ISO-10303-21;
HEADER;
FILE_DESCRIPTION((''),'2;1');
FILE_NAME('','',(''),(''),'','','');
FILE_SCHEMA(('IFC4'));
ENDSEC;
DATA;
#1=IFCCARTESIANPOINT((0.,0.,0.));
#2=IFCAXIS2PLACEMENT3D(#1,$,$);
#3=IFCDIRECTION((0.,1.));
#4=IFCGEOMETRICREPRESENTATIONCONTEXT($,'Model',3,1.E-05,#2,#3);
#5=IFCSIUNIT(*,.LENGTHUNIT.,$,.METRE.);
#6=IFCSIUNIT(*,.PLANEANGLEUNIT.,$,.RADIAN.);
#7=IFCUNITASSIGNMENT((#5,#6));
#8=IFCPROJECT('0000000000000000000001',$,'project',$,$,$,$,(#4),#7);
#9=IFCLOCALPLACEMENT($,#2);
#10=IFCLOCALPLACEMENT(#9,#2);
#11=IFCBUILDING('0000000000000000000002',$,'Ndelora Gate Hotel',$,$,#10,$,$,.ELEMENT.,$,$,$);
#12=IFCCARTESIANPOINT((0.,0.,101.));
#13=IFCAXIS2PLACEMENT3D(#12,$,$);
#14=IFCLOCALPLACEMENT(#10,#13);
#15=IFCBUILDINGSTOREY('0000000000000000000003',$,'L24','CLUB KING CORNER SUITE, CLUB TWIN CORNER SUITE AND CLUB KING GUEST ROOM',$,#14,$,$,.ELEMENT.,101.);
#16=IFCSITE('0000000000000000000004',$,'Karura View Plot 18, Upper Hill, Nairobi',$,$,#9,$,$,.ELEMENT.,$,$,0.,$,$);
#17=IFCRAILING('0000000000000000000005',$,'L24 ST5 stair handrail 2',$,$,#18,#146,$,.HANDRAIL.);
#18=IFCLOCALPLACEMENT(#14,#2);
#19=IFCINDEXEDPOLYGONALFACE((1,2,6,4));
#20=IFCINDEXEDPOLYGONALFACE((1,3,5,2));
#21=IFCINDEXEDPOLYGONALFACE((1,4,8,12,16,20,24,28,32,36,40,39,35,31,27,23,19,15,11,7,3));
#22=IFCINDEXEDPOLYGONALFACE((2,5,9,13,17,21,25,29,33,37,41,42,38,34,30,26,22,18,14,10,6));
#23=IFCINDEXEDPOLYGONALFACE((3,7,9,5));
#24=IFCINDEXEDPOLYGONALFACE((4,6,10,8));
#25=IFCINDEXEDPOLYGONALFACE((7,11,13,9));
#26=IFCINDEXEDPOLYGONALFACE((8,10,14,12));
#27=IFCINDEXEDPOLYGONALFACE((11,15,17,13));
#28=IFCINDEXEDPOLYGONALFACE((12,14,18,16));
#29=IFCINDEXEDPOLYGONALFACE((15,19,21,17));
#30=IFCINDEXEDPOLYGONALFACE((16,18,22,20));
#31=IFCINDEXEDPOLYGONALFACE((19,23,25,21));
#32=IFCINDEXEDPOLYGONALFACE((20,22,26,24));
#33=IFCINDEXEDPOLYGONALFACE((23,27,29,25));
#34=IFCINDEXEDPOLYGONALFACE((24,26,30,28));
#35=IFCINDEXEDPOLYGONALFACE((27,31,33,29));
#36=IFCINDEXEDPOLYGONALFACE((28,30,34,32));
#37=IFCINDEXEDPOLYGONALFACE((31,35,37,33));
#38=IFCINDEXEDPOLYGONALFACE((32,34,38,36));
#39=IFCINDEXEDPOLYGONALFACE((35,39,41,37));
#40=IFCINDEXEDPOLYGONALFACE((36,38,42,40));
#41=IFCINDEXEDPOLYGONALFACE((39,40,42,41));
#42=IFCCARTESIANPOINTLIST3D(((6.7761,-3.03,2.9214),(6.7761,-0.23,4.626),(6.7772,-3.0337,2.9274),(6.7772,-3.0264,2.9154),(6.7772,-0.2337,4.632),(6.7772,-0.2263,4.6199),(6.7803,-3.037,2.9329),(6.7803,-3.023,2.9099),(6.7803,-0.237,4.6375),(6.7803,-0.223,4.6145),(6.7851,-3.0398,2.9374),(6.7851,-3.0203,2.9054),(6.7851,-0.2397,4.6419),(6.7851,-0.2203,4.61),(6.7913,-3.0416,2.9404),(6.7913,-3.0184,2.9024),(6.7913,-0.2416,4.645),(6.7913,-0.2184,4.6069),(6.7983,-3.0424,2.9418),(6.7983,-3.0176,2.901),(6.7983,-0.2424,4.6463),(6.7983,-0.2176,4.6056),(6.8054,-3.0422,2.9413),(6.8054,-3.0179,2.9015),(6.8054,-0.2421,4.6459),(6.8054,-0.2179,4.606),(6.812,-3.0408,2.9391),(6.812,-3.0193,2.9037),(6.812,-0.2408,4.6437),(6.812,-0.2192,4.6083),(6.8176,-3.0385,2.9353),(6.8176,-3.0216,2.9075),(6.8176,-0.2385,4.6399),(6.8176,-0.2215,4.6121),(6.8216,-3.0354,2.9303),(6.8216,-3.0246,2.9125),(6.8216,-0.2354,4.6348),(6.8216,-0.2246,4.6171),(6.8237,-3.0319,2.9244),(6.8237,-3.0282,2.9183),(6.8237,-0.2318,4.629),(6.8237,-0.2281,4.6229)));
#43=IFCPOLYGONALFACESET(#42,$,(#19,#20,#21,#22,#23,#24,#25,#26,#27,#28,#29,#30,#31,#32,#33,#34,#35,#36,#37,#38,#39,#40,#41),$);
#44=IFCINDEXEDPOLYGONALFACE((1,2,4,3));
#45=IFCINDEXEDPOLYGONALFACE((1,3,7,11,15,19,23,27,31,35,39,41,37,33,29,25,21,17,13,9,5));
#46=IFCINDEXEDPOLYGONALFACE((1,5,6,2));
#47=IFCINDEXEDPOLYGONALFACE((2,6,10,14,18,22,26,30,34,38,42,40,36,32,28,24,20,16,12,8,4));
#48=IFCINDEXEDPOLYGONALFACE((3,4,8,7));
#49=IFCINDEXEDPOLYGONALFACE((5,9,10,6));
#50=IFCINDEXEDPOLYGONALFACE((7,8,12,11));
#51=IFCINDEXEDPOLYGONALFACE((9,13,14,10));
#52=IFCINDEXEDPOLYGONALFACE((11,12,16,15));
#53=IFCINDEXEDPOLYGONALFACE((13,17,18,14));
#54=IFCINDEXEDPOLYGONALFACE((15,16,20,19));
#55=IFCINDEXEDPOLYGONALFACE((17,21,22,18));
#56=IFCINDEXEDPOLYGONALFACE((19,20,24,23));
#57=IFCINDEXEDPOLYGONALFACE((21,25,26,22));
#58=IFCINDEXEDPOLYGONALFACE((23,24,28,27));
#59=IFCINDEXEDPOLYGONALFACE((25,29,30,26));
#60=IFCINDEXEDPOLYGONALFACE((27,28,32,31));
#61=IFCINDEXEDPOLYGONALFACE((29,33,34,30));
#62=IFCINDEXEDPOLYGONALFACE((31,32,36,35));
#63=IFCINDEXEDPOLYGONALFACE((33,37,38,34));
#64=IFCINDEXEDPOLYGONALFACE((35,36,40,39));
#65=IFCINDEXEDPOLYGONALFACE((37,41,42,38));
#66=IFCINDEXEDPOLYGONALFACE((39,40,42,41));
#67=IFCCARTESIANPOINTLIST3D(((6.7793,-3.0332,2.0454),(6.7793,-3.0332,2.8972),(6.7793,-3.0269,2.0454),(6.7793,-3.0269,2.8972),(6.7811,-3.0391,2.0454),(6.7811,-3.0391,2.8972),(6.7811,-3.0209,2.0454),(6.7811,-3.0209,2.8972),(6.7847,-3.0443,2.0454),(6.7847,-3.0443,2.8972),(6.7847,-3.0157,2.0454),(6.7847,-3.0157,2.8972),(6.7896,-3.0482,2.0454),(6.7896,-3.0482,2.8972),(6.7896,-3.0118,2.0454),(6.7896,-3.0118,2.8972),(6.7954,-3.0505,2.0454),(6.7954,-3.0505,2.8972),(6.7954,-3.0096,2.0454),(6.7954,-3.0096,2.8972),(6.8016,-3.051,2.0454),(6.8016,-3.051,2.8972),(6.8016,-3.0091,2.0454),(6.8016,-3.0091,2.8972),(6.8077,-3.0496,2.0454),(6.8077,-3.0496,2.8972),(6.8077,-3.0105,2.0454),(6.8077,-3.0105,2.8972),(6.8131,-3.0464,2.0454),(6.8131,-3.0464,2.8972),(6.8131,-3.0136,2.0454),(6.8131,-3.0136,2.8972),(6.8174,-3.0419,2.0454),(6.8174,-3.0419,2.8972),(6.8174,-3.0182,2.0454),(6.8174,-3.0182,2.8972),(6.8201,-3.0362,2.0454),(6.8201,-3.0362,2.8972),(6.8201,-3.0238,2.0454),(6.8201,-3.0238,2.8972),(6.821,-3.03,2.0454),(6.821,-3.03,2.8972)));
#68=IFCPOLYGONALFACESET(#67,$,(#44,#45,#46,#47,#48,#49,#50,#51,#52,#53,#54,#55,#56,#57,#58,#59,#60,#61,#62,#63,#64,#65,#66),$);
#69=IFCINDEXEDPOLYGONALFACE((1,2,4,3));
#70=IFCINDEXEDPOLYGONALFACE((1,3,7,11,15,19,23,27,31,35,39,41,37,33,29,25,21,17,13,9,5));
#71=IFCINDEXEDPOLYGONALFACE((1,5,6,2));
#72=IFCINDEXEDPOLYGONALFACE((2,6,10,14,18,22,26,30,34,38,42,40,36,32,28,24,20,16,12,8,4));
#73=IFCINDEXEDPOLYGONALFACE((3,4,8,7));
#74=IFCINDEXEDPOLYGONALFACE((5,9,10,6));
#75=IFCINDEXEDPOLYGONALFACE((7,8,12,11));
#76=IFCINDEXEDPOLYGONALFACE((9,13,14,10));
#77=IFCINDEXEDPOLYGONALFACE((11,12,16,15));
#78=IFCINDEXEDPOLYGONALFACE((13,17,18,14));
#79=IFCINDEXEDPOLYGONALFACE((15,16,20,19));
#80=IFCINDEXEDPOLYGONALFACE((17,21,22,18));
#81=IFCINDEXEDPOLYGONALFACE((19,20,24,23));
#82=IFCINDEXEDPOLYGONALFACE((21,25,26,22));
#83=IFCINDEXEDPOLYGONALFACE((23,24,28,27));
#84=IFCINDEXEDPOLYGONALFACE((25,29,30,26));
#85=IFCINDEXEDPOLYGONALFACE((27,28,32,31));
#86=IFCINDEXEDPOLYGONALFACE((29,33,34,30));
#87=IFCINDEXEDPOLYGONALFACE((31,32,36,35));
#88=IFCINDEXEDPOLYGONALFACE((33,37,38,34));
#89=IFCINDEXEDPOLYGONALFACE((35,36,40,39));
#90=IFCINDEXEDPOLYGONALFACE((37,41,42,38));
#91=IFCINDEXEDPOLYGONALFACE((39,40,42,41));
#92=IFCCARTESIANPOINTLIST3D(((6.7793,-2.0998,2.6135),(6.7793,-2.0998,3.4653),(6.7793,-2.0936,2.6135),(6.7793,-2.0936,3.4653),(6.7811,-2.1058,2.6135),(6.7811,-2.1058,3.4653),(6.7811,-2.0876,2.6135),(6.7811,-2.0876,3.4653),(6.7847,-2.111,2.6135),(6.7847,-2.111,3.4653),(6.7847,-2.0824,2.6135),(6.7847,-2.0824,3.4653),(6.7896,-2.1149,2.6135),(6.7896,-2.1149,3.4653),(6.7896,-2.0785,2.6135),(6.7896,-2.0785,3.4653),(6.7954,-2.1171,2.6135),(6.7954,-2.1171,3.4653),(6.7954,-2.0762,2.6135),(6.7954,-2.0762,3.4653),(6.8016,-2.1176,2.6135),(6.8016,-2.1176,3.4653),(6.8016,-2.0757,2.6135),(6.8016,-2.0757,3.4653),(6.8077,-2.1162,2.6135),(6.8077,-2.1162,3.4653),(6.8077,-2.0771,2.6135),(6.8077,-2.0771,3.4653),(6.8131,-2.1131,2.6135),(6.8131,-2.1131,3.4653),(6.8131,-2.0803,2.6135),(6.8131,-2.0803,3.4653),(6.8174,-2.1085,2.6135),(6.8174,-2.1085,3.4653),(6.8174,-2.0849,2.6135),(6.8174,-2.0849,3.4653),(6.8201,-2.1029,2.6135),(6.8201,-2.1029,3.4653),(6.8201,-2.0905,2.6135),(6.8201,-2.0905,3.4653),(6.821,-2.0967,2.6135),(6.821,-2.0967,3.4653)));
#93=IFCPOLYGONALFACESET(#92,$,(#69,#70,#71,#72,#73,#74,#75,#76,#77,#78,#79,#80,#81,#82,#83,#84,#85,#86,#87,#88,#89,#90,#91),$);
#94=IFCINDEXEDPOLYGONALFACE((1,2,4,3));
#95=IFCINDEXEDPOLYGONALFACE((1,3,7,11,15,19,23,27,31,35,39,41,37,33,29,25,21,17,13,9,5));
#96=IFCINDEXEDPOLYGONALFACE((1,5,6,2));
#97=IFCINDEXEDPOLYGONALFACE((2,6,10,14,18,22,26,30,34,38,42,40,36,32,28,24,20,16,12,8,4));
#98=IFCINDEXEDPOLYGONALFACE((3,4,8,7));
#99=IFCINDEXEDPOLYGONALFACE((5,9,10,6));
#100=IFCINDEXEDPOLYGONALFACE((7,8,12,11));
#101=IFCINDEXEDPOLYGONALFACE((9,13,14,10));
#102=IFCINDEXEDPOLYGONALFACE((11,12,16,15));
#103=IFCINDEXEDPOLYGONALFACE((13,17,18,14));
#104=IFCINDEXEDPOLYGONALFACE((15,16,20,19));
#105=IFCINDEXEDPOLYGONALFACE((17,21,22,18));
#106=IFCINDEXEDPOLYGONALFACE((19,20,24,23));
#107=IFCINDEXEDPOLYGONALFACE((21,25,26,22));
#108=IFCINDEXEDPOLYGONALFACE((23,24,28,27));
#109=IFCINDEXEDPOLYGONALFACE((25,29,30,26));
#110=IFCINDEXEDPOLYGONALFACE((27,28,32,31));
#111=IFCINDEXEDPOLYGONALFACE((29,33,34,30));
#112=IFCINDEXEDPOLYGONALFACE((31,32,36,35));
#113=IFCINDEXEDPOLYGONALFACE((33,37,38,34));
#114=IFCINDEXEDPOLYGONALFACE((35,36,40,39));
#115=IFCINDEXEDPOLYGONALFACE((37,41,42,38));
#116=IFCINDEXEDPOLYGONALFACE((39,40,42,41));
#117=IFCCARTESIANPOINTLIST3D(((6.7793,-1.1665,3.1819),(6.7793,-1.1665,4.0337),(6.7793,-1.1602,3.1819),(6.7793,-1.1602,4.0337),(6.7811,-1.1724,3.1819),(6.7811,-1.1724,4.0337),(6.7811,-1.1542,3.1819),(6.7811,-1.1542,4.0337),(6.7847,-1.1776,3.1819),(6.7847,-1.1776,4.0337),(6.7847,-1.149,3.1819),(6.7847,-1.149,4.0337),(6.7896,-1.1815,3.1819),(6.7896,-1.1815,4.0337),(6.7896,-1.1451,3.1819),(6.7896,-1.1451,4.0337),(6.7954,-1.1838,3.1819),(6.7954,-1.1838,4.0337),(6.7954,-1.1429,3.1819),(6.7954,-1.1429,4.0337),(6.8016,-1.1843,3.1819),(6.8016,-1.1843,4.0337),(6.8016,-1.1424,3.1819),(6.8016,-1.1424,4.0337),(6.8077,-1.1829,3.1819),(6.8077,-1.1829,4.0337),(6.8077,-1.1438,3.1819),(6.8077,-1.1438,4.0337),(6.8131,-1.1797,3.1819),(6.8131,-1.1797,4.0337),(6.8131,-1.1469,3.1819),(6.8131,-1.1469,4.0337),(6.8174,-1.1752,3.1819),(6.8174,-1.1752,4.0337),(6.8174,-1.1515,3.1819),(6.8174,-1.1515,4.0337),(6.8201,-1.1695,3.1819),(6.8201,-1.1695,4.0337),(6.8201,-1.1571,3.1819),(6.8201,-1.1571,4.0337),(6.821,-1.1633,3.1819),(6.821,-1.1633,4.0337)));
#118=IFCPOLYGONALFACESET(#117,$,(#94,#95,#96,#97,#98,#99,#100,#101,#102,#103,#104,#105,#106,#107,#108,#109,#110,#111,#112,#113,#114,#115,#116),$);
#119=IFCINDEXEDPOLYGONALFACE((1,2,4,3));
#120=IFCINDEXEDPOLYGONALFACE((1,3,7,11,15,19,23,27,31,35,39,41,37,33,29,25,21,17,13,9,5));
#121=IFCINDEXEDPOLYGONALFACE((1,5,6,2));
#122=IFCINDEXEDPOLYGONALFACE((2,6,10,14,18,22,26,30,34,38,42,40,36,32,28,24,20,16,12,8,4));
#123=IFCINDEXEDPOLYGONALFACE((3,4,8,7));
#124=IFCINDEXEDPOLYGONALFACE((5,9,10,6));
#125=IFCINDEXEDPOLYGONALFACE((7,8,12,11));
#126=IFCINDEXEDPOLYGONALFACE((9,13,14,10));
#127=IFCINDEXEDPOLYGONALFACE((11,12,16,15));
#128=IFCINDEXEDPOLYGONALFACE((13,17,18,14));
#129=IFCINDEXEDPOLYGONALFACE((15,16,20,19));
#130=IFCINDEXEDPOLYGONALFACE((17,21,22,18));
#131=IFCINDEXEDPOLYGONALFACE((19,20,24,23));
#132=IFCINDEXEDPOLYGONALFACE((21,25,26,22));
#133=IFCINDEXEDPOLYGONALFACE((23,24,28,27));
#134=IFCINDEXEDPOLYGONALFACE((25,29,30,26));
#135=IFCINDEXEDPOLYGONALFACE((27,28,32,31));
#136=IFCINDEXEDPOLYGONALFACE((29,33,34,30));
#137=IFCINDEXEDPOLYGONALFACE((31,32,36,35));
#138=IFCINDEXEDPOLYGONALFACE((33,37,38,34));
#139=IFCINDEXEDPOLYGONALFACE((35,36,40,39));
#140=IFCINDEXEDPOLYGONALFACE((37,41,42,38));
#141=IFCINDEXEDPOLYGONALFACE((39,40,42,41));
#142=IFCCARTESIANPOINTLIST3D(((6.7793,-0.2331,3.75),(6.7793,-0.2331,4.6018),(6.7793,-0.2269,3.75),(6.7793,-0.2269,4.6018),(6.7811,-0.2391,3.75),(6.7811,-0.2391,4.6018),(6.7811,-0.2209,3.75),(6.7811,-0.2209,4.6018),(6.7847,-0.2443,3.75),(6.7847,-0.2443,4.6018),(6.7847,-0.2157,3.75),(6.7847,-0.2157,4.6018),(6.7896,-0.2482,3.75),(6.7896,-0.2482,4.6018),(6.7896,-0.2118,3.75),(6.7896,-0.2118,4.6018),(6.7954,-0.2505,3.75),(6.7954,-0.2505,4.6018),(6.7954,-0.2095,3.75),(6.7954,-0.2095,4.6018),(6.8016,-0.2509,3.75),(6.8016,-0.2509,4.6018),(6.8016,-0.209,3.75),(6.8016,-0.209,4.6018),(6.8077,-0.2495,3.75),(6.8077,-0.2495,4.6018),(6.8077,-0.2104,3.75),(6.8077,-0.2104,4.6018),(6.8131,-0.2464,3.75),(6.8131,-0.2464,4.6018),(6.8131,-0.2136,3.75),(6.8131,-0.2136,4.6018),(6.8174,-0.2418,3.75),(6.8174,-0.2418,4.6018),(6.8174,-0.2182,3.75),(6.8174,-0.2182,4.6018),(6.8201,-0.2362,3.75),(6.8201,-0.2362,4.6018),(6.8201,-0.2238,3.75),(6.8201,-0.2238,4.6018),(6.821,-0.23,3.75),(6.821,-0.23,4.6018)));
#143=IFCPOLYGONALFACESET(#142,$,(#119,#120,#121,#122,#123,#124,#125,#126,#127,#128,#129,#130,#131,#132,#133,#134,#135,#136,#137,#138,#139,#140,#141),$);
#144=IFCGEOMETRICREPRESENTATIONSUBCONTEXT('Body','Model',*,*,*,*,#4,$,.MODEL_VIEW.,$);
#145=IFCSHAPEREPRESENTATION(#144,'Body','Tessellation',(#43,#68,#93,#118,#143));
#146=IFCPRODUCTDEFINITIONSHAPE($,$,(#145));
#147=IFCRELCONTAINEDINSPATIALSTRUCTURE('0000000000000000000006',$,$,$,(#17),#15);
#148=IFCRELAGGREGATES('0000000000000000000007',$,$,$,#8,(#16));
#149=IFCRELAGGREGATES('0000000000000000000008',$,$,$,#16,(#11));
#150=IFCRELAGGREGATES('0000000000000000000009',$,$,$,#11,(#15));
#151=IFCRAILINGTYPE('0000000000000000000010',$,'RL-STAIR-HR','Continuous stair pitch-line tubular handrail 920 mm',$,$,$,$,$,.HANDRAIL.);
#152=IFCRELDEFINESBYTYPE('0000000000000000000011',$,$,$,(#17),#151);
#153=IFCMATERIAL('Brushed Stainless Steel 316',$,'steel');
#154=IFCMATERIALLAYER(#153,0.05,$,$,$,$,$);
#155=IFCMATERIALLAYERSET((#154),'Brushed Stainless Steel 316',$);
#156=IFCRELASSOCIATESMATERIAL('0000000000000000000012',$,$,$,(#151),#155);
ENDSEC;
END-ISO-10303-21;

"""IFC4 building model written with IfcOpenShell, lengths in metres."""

from ifc_helpers import new_model, si_unit, direction, frame, origin, origin_2d, place, context, subcontext, project, spatial, circle, extrude, material, layer, layer_set, type_object, element, save


model = new_model("IFC4")

# Units and contexts
model_context = context("Model", 3, precision=1e-05, world=origin(), true_north=direction((0.0, 1.0)))
body_context = subcontext(model_context, "Body", "Model", "MODEL_VIEW")
ifc_project = project(units=[si_unit("LENGTHUNIT", "METRE"), si_unit("PLANEANGLEUNIT", "RADIAN")], contexts=[model_context])

# Site, building, storey
site_placement = place(None, origin())
site = spatial("IfcSite", under=ifc_project, at=site_placement, Name="Karura View Plot 18, Upper Hill, Nairobi", CompositionType="ELEMENT", RefElevation=0.0)
building_placement = place(site_placement, origin())
building = spatial("IfcBuilding", under=site, at=building_placement, Name="Ndelora Gate Hotel", CompositionType="ELEMENT")
storey_placement = place(building_placement, frame((0.0, 0.0, 101.0)))
storey = spatial("IfcBuildingStorey", under=building, at=storey_placement, Name="L24", Description="CLUB KING CORNER SUITE, CLUB TWIN CORNER SUITE AND CLUB KING GUEST ROOM", CompositionType="ELEMENT", Elevation=101.0)

# Railing
ifc_material_1 = material(Name="Brushed Stainless Steel 316", Category="steel")
ifc_layer_1 = layer(ifc_material_1, 0.05)
ifc_layer_set_1 = layer_set([ifc_layer_1], Name="Brushed Stainless Steel 316")
railing_type_1 = type_object("IfcRailingType", Name="RL-STAIR-HR", Description="Continuous stair pitch-line tubular handrail 920 mm", PredefinedType="HANDRAIL", material=ifc_layer_set_1)
railing_1_placement = place(storey_placement, frame((6.8, -3.03, 2.0454)))
element("IfcRailing", 1, at=railing_1_placement, inside=storey, type_object=railing_type_1, Name="L24 ST5 stair handrail 2", PredefinedType="HANDRAIL", context=body_context, shape_type="SweptSolid", body=[
    extrude(circle(Radius=0.0239, at=origin_2d()), frame((0.0, 0.0, 0.876), z_axis=(0.0, 0.85417, 0.519994), x_axis=(-1.0, 0.0, 0.0)), (0.0, 0.0, 1.0), 3.2781),
    extrude(circle(Radius=0.021, at=origin_2d()), origin(), (0.0, 0.0, 1.0), 0.8518),
    extrude(circle(Radius=0.021, at=origin_2d()), frame((0.0, 0.9333, 0.5681)), (0.0, 0.0, 1.0), 0.8518),
    extrude(circle(Radius=0.021, at=origin_2d()), frame((0.0, 1.8667, 1.1365)), (0.0, 0.0, 1.0), 0.8518),
    extrude(circle(Radius=0.021, at=origin_2d()), frame((0.0, 2.8, 1.7046)), (0.0, 0.0, 1.0), 0.8518),
])

save(model, "model.ifc")
